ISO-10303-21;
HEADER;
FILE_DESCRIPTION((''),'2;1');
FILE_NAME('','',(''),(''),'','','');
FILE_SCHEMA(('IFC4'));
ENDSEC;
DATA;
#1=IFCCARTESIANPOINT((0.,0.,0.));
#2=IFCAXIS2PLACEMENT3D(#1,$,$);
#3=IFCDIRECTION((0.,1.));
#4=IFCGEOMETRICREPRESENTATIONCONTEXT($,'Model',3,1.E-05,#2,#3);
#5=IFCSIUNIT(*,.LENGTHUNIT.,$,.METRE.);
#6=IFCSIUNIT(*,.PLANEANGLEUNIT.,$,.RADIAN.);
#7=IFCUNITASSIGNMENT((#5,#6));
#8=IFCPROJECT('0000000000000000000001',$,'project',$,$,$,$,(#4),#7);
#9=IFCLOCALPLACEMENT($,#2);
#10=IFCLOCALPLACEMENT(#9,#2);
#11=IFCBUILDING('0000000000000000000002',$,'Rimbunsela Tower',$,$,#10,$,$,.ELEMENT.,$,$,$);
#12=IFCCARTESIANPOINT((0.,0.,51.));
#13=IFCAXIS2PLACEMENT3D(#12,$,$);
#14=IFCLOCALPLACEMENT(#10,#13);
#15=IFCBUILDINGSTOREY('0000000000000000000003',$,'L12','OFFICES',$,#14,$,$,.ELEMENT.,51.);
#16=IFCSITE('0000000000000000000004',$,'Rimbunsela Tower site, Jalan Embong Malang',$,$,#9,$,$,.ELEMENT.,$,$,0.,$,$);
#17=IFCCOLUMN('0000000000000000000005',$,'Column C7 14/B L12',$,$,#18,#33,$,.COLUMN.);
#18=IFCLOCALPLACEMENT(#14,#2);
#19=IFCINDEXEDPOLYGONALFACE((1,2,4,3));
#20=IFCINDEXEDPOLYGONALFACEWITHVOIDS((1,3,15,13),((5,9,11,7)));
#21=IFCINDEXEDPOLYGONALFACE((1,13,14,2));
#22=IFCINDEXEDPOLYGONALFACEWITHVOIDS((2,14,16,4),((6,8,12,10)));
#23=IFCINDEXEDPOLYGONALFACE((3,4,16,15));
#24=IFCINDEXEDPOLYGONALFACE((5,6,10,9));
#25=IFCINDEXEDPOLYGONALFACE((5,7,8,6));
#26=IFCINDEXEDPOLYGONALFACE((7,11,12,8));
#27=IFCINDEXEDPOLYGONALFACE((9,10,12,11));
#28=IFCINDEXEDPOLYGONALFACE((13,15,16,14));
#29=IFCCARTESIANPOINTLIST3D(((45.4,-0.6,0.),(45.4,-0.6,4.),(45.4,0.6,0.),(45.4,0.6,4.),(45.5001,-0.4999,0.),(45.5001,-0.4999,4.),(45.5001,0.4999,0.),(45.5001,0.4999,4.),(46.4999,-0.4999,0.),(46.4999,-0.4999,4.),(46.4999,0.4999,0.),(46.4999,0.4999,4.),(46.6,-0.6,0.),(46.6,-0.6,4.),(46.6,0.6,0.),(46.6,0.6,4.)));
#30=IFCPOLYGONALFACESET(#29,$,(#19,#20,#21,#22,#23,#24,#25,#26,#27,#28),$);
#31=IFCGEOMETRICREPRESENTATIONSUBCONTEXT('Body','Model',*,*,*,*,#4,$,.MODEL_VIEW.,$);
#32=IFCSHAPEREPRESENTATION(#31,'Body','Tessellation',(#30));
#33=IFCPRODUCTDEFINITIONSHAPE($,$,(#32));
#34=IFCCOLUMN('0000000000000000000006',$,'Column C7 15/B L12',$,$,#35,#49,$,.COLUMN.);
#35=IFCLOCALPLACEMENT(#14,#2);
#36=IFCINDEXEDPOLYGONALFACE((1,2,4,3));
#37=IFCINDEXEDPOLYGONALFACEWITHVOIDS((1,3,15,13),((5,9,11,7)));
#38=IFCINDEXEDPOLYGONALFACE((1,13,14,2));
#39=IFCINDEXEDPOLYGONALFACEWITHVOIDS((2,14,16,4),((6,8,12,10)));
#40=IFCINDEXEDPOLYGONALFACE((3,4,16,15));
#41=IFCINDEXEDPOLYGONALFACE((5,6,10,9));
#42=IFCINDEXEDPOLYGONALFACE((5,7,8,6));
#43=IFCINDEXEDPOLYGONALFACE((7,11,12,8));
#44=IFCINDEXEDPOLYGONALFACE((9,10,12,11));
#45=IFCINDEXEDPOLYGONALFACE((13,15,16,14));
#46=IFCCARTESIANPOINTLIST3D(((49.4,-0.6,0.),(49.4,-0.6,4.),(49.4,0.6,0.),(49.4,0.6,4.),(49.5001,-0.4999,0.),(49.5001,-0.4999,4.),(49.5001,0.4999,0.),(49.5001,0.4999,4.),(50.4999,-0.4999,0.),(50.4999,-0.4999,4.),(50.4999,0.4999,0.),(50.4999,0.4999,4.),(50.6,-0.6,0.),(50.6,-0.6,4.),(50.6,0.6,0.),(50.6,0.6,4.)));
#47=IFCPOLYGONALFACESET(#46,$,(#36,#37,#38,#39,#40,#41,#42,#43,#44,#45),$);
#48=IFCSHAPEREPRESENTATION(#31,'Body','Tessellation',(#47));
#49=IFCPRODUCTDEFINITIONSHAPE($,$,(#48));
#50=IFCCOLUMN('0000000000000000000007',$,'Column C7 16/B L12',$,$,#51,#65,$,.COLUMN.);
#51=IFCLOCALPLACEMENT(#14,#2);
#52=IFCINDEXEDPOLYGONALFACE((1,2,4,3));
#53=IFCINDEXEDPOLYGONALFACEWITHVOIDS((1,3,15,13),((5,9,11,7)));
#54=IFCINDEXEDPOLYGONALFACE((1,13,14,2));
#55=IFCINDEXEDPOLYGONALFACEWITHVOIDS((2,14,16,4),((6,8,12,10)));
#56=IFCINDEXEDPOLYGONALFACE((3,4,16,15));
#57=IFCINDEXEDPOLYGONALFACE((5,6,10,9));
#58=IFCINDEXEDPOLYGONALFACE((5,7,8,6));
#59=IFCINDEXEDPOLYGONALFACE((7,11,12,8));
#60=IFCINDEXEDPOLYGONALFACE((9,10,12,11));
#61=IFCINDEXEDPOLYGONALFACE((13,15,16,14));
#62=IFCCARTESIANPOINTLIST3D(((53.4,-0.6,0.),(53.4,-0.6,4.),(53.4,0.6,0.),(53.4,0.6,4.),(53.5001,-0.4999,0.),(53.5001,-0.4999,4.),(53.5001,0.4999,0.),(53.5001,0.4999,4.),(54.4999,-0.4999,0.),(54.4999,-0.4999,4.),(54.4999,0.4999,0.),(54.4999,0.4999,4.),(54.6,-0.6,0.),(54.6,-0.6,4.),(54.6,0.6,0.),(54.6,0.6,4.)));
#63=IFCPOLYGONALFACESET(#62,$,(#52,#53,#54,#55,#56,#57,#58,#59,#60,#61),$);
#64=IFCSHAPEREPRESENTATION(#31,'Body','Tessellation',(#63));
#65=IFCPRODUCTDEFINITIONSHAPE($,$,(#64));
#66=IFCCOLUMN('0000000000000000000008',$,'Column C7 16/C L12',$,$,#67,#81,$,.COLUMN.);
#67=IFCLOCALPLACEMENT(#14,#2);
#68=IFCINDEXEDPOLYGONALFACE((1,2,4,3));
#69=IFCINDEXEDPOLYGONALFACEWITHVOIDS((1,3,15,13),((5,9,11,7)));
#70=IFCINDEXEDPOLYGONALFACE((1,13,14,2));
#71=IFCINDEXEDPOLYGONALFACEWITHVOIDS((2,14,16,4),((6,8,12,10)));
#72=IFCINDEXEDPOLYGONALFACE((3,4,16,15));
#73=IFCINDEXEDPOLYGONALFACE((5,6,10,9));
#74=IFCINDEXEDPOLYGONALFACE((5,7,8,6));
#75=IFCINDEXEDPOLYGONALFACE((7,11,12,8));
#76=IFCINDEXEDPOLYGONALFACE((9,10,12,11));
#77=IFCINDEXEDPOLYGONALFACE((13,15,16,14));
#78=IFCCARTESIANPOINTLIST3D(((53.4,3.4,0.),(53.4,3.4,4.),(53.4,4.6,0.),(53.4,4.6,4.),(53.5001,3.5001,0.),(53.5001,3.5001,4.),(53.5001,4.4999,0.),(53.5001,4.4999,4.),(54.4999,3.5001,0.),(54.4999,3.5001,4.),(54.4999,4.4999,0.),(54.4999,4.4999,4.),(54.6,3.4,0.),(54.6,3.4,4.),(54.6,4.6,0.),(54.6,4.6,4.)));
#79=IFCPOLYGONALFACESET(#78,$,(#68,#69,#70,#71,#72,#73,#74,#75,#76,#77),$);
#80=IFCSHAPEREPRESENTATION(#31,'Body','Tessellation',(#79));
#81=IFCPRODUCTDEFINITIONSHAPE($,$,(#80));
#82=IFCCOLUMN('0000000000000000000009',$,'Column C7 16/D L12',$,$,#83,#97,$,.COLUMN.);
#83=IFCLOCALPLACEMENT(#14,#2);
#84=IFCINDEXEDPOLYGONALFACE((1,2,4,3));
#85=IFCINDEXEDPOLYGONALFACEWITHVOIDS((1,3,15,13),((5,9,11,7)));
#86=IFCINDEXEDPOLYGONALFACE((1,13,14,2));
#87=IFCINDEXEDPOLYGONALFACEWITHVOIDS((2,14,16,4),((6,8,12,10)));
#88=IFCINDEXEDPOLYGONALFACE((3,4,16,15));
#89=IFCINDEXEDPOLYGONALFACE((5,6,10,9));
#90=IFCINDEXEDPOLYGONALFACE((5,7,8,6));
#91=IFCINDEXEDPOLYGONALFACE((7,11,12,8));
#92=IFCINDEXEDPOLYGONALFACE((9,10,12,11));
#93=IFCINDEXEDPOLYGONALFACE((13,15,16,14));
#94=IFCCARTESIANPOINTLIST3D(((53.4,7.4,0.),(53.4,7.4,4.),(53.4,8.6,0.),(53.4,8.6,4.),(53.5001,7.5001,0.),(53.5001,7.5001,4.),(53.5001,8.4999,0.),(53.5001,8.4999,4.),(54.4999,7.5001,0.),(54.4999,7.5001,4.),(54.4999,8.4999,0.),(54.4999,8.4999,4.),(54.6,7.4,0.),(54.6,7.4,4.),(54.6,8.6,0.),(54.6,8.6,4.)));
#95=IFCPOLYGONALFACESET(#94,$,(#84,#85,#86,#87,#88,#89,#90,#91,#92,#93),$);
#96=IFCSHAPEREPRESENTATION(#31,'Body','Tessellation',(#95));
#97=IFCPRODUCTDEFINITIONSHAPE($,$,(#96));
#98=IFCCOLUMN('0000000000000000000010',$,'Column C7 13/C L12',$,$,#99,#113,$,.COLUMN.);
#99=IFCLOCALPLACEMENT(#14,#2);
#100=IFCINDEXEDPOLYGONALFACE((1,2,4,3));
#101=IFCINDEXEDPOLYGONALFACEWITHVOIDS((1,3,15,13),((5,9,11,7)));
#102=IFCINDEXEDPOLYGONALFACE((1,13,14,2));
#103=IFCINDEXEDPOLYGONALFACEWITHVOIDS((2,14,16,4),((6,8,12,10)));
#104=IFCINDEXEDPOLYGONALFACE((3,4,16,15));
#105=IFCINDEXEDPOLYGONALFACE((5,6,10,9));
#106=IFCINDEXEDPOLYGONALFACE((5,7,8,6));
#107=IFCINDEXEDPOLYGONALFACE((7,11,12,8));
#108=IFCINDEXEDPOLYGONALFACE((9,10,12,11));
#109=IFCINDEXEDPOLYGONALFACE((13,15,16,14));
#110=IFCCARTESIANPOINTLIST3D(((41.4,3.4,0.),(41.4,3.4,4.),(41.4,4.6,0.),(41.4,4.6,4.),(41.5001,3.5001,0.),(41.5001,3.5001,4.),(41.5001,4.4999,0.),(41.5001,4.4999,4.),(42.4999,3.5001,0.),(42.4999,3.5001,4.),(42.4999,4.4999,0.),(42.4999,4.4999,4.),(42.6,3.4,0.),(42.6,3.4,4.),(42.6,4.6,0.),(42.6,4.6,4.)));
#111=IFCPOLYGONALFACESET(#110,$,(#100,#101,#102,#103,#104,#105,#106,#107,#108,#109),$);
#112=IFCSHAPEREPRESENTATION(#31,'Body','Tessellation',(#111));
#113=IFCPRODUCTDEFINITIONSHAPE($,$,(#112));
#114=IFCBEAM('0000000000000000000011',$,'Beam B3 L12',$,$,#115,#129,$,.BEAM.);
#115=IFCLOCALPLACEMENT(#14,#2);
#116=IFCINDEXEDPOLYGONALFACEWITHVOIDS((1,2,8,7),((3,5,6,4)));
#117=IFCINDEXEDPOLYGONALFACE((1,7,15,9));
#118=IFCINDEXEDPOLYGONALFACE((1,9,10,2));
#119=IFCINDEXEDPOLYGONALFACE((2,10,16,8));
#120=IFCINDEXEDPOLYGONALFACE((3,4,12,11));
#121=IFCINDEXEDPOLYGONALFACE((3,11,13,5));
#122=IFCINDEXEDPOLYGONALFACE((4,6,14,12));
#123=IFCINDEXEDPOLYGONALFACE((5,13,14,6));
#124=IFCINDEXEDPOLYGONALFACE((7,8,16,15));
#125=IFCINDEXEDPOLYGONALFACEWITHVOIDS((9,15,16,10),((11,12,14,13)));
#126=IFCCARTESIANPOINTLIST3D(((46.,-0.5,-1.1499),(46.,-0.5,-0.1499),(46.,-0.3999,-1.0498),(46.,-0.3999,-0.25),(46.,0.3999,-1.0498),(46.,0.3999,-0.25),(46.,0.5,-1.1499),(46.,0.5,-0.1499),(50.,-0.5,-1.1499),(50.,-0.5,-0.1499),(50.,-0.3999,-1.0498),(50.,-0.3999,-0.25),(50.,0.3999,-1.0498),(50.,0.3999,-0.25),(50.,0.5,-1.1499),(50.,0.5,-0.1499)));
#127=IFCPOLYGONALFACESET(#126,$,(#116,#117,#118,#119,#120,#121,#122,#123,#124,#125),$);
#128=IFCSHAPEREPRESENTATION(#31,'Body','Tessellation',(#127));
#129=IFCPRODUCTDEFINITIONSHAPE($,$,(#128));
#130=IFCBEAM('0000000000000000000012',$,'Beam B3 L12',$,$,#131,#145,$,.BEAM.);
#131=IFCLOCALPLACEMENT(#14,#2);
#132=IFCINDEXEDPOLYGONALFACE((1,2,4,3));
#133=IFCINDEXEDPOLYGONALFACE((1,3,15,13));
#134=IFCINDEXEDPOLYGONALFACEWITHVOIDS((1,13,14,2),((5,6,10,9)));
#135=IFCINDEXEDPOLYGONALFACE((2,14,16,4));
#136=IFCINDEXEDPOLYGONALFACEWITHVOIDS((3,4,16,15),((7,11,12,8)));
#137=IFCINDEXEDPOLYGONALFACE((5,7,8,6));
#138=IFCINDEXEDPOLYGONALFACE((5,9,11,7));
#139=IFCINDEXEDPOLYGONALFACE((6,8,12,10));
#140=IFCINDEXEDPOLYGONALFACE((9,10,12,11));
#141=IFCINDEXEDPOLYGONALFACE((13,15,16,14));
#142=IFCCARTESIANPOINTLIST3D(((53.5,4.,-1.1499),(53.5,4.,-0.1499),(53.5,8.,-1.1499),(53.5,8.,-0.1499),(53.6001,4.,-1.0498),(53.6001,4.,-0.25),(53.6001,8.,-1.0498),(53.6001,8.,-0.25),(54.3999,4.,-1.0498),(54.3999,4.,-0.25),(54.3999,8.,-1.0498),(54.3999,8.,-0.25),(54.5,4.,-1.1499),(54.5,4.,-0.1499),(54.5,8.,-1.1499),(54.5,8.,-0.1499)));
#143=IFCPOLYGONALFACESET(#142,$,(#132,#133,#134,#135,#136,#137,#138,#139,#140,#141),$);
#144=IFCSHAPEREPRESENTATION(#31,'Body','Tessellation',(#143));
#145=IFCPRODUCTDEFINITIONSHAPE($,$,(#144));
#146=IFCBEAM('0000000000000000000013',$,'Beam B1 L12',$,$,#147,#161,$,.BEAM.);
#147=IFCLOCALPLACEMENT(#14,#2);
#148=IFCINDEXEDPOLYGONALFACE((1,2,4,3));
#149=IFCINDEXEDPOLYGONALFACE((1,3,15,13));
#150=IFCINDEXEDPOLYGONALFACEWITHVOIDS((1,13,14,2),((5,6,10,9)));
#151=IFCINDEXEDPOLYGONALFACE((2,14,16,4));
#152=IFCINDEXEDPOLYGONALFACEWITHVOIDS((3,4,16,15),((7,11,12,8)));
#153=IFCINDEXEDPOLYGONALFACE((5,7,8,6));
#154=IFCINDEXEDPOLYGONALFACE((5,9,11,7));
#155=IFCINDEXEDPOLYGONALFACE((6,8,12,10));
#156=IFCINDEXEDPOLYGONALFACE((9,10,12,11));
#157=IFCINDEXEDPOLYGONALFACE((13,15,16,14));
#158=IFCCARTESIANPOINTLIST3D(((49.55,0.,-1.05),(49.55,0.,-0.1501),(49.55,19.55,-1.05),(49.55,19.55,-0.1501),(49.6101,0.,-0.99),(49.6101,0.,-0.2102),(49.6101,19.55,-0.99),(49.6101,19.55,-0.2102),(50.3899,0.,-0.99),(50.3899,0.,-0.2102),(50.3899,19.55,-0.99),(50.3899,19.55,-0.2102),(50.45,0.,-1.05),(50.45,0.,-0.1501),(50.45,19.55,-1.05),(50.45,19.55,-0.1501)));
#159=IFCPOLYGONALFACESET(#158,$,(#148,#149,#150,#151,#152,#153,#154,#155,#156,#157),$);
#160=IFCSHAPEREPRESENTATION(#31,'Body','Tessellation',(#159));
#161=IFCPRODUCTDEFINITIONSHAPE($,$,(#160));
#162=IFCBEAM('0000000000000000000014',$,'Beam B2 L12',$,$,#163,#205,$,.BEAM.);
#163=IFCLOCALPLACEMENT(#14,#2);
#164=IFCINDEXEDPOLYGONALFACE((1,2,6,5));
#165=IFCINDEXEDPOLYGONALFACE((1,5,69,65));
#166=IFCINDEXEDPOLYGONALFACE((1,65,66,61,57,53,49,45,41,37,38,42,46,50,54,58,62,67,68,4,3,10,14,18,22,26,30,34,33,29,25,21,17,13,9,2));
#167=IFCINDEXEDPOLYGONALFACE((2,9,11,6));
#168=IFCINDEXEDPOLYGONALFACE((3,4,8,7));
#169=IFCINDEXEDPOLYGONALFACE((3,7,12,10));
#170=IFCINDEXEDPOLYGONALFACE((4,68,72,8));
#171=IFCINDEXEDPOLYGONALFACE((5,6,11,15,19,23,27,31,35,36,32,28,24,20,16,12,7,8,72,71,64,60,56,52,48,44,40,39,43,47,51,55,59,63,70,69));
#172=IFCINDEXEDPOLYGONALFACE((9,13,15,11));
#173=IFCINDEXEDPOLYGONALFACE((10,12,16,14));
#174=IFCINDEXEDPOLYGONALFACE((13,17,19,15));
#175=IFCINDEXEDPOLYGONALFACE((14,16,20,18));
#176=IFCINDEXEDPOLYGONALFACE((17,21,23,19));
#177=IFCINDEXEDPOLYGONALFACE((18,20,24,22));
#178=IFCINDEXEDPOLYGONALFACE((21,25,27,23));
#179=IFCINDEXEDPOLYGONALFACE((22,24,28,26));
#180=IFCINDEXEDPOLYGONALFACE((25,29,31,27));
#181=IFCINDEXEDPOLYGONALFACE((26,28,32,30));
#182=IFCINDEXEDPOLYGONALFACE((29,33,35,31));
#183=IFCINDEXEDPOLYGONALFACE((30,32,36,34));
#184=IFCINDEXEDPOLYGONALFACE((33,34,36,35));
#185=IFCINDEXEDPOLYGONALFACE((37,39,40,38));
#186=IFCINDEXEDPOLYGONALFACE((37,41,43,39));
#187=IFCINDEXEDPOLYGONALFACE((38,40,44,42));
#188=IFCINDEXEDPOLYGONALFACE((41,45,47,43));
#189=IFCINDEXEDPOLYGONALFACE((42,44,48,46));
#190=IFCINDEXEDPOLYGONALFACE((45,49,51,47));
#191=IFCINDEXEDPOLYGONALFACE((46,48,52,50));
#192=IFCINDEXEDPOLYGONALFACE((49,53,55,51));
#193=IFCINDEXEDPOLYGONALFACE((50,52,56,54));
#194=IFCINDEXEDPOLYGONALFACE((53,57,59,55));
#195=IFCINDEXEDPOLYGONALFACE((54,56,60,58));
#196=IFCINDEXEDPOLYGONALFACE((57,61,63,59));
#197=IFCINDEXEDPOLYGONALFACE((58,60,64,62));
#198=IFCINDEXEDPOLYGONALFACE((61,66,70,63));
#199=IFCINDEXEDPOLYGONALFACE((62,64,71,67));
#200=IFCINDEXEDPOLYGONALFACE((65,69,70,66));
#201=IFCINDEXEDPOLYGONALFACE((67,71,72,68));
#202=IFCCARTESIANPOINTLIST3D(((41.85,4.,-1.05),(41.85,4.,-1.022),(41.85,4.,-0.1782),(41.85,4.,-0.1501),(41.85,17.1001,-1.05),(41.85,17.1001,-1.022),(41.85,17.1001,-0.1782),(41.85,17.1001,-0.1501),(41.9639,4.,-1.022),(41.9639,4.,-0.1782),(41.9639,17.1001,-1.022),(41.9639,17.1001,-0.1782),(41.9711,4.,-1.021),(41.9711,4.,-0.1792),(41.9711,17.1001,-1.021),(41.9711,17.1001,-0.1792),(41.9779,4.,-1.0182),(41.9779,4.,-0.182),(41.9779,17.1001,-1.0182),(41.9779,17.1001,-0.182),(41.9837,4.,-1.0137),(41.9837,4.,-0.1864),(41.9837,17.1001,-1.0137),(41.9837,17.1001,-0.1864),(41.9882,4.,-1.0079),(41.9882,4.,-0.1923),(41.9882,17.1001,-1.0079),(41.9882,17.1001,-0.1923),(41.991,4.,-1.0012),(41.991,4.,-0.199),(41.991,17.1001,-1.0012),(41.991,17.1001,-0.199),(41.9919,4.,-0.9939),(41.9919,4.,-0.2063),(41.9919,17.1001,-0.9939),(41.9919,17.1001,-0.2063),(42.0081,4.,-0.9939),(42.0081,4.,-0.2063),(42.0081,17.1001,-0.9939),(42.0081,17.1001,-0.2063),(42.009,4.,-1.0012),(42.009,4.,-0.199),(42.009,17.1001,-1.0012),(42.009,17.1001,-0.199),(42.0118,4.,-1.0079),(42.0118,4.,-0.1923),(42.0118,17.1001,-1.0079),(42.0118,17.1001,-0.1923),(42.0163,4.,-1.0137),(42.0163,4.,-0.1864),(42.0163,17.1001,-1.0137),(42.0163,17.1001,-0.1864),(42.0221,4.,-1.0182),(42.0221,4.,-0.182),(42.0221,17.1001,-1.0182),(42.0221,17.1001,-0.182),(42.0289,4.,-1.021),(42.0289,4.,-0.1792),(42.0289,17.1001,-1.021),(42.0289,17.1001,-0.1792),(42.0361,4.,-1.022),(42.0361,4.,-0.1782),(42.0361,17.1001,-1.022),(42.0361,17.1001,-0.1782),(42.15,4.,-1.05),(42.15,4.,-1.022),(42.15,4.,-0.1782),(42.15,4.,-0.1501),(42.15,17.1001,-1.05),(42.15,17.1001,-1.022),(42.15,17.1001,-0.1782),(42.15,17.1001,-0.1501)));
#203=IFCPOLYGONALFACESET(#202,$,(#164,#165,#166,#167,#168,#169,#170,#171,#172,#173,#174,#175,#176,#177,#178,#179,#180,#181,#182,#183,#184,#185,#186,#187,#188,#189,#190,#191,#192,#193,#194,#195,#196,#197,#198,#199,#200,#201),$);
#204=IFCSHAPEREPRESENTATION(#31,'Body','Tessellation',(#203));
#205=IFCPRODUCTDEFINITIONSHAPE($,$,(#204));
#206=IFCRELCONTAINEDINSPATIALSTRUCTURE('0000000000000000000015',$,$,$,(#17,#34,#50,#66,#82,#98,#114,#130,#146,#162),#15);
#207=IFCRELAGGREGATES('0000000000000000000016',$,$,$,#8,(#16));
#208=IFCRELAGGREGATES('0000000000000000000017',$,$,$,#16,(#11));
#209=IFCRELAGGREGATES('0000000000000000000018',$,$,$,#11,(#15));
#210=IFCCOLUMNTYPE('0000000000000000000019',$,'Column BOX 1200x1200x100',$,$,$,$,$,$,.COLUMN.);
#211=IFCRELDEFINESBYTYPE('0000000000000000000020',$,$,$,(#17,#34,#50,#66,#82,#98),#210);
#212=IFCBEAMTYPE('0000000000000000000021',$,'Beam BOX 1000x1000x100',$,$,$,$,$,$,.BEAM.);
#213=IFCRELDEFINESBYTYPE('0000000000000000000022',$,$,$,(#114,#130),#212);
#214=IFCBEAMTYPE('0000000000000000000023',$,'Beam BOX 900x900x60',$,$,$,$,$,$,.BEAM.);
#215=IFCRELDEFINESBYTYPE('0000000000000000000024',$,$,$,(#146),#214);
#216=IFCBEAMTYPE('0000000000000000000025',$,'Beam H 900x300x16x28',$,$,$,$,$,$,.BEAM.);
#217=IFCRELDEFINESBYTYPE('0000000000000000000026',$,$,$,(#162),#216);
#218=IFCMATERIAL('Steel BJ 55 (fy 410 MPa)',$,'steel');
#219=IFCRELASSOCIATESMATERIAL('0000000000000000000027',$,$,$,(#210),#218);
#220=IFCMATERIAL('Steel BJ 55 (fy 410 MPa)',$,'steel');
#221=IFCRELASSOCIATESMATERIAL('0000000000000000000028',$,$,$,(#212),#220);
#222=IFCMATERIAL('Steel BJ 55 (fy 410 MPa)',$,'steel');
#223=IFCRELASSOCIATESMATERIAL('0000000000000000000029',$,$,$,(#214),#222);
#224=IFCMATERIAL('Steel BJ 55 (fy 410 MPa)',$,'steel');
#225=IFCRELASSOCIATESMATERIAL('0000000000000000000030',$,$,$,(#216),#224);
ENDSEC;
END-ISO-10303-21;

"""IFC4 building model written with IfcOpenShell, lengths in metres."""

from ifc_helpers import new_model, si_unit, direction, frame, origin, origin_2d, place, context, subcontext, project, spatial, hollow_rectangle, i_section, extrude, material, material_profile, profile_set, type_object, element, save


model = new_model("IFC4")

# Units and contexts
model_context = context("Model", 3, precision=1e-05, world=origin(), true_north=direction((0.0, 1.0)))
body_context = subcontext(model_context, "Body", "Model", "MODEL_VIEW")
ifc_project = project(units=[si_unit("LENGTHUNIT", "METRE"), si_unit("PLANEANGLEUNIT", "RADIAN")], contexts=[model_context])

# Site, building, storey
site_placement = place(None, origin())
site = spatial("IfcSite", under=ifc_project, at=site_placement, Name="Rimbunsela Tower site, Jalan Embong Malang", CompositionType="ELEMENT", RefElevation=0.0)
building_placement = place(site_placement, origin())
building = spatial("IfcBuilding", under=site, at=building_placement, Name="Rimbunsela Tower", CompositionType="ELEMENT")
storey_placement = place(building_placement, frame((0.0, 0.0, 51.0)))
storey = spatial("IfcBuildingStorey", under=building, at=storey_placement, Name="L12", Description="OFFICES", CompositionType="ELEMENT", Elevation=51.0)

# Columns
ifc_material_1 = material(Name="Steel BJ 55 (fy 410 MPa)", Category="steel")
ifc_material_profile_1 = material_profile(ifc_material_1, hollow_rectangle(XDim=1.2, YDim=1.2, WallThickness=0.1001, at=origin_2d()), Name="BOX 1200x1200x100")
ifc_profile_set_1 = profile_set([ifc_material_profile_1], Name="Steel BJ 55 (fy 410 MPa)")
column_type = type_object("IfcColumnType", Name="Column BOX 1200x1200x100", PredefinedType="COLUMN", material=ifc_profile_set_1)
for number, where, z_axis, x_axis, name in (
    (1, (46.0, 0.0, 0.0), (0.0, 0.0, 1.0), (1.0, 0.0, 0.0), "Column C7 14/B L12"),
    (2, (50.0, 0.0, 0.0), (0.0, 0.0, 1.0), (1.0, 0.0, 0.0), "Column C7 15/B L12"),
    (3, (54.0, 0.0, 0.0), (0.0, 0.0, 1.0), (1.0, 0.0, 0.0), "Column C7 16/B L12"),
    (4, (54.0, 4.0, 0.0), (0.0, 0.0, 1.0), (1.0, 0.0, 0.0), "Column C7 16/C L12"),
    (5, (54.0, 8.0, 0.0), (0.0, 0.0, 1.0), (1.0, 0.0, 0.0), "Column C7 16/D L12"),
    (6, (42.0, 4.0, 0.0), (0.0, 0.0, 1.0), (1.0, 0.0, 0.0), "Column C7 13/C L12"),
):
    element("IfcColumn", number, at=place(storey_placement, frame(where, z_axis=z_axis, x_axis=x_axis)), inside=storey, type_object=column_type, Name=name, PredefinedType="COLUMN", context=body_context, shape_type="SweptSolid", body=[
        extrude(hollow_rectangle(XDim=1.2, YDim=1.2, WallThickness=0.1001, at=origin_2d()), origin(), (0.0, 0.0, 1.0), 4.0),
    ])

# Beams
ifc_material_2 = material(Name="Steel BJ 55 (fy 410 MPa)", Category="steel")
ifc_material_profile_2 = material_profile(ifc_material_2, hollow_rectangle(XDim=1.0, YDim=1.0, WallThickness=0.1001, at=origin_2d()), Name="BOX 1000x1000x100")
ifc_profile_set_2 = profile_set([ifc_material_profile_2], Name="Steel BJ 55 (fy 410 MPa)")
beam_type_1 = type_object("IfcBeamType", Name="Beam BOX 1000x1000x100", PredefinedType="BEAM", material=ifc_profile_set_2)
for number, where, z_axis, x_axis, name in (
    (7, (46.0, 0.0, -0.6499), (1.0, 0.0, 0.0), (0.0, 1.0, 0.0), "Beam B3 L12"),
    (8, (54.0, 4.0, -0.6499), (0.0, 1.0, 0.0), (-1.0, 0.0, 0.0), "Beam B3 L12"),
):
    element("IfcBeam", number, at=place(storey_placement, frame(where, z_axis=z_axis, x_axis=x_axis)), inside=storey, type_object=beam_type_1, Name=name, PredefinedType="BEAM", context=body_context, shape_type="SweptSolid", body=[
        extrude(hollow_rectangle(XDim=1.0, YDim=1.0, WallThickness=0.1001, at=origin_2d()), origin(), (0.0, 0.0, 1.0), 4.0),
    ])
ifc_material_3 = material(Name="Steel BJ 55 (fy 410 MPa)", Category="steel")
ifc_material_profile_3 = material_profile(ifc_material_3, hollow_rectangle(XDim=0.8999, YDim=0.8999, WallThickness=0.0601, at=origin_2d()), Name="BOX 900x900x60")
ifc_profile_set_3 = profile_set([ifc_material_profile_3], Name="Steel BJ 55 (fy 410 MPa)")
beam_type_2 = type_object("IfcBeamType", Name="Beam BOX 900x900x60", PredefinedType="BEAM", material=ifc_profile_set_3)
beam_1_placement = place(storey_placement, frame((50.0, 0.0, -0.6001), z_axis=(0.0, 1.0, 0.0), x_axis=(-1.0, 0.0, 0.0)))
element("IfcBeam", 9, at=beam_1_placement, inside=storey, type_object=beam_type_2, Name="Beam B1 L12", PredefinedType="BEAM", context=body_context, shape_type="SweptSolid", body=[
    extrude(hollow_rectangle(XDim=0.8999, YDim=0.8999, WallThickness=0.0601, at=origin_2d()), origin(), (0.0, 0.0, 1.0), 19.55),
])
ifc_material_4 = material(Name="Steel BJ 55 (fy 410 MPa)", Category="steel")
ifc_material_profile_4 = material_profile(ifc_material_4, i_section(OverallWidth=0.3, OverallDepth=0.8999, WebThickness=0.0161, FlangeThickness=0.0281, FilletRadius=0.0281, at=origin_2d()), Name="H 900x300x16x28")
ifc_profile_set_4 = profile_set([ifc_material_profile_4], Name="Steel BJ 55 (fy 410 MPa)")
beam_type_3 = type_object("IfcBeamType", Name="Beam H 900x300x16x28", PredefinedType="BEAM", material=ifc_profile_set_4)
beam_2_placement = place(storey_placement, frame((42.0, 4.0, -0.6001), z_axis=(0.0, 1.0, 0.0), x_axis=(-1.0, 0.0, 0.0)))
element("IfcBeam", 10, at=beam_2_placement, inside=storey, type_object=beam_type_3, Name="Beam B2 L12", PredefinedType="BEAM", context=body_context, shape_type="SweptSolid", body=[
    extrude(i_section(OverallWidth=0.3, OverallDepth=0.8999, WebThickness=0.0161, FlangeThickness=0.0281, FilletRadius=0.0281, at=origin_2d()), origin(), (0.0, 0.0, 1.0), 13.1001),
])

save(model, "model.ifc")
